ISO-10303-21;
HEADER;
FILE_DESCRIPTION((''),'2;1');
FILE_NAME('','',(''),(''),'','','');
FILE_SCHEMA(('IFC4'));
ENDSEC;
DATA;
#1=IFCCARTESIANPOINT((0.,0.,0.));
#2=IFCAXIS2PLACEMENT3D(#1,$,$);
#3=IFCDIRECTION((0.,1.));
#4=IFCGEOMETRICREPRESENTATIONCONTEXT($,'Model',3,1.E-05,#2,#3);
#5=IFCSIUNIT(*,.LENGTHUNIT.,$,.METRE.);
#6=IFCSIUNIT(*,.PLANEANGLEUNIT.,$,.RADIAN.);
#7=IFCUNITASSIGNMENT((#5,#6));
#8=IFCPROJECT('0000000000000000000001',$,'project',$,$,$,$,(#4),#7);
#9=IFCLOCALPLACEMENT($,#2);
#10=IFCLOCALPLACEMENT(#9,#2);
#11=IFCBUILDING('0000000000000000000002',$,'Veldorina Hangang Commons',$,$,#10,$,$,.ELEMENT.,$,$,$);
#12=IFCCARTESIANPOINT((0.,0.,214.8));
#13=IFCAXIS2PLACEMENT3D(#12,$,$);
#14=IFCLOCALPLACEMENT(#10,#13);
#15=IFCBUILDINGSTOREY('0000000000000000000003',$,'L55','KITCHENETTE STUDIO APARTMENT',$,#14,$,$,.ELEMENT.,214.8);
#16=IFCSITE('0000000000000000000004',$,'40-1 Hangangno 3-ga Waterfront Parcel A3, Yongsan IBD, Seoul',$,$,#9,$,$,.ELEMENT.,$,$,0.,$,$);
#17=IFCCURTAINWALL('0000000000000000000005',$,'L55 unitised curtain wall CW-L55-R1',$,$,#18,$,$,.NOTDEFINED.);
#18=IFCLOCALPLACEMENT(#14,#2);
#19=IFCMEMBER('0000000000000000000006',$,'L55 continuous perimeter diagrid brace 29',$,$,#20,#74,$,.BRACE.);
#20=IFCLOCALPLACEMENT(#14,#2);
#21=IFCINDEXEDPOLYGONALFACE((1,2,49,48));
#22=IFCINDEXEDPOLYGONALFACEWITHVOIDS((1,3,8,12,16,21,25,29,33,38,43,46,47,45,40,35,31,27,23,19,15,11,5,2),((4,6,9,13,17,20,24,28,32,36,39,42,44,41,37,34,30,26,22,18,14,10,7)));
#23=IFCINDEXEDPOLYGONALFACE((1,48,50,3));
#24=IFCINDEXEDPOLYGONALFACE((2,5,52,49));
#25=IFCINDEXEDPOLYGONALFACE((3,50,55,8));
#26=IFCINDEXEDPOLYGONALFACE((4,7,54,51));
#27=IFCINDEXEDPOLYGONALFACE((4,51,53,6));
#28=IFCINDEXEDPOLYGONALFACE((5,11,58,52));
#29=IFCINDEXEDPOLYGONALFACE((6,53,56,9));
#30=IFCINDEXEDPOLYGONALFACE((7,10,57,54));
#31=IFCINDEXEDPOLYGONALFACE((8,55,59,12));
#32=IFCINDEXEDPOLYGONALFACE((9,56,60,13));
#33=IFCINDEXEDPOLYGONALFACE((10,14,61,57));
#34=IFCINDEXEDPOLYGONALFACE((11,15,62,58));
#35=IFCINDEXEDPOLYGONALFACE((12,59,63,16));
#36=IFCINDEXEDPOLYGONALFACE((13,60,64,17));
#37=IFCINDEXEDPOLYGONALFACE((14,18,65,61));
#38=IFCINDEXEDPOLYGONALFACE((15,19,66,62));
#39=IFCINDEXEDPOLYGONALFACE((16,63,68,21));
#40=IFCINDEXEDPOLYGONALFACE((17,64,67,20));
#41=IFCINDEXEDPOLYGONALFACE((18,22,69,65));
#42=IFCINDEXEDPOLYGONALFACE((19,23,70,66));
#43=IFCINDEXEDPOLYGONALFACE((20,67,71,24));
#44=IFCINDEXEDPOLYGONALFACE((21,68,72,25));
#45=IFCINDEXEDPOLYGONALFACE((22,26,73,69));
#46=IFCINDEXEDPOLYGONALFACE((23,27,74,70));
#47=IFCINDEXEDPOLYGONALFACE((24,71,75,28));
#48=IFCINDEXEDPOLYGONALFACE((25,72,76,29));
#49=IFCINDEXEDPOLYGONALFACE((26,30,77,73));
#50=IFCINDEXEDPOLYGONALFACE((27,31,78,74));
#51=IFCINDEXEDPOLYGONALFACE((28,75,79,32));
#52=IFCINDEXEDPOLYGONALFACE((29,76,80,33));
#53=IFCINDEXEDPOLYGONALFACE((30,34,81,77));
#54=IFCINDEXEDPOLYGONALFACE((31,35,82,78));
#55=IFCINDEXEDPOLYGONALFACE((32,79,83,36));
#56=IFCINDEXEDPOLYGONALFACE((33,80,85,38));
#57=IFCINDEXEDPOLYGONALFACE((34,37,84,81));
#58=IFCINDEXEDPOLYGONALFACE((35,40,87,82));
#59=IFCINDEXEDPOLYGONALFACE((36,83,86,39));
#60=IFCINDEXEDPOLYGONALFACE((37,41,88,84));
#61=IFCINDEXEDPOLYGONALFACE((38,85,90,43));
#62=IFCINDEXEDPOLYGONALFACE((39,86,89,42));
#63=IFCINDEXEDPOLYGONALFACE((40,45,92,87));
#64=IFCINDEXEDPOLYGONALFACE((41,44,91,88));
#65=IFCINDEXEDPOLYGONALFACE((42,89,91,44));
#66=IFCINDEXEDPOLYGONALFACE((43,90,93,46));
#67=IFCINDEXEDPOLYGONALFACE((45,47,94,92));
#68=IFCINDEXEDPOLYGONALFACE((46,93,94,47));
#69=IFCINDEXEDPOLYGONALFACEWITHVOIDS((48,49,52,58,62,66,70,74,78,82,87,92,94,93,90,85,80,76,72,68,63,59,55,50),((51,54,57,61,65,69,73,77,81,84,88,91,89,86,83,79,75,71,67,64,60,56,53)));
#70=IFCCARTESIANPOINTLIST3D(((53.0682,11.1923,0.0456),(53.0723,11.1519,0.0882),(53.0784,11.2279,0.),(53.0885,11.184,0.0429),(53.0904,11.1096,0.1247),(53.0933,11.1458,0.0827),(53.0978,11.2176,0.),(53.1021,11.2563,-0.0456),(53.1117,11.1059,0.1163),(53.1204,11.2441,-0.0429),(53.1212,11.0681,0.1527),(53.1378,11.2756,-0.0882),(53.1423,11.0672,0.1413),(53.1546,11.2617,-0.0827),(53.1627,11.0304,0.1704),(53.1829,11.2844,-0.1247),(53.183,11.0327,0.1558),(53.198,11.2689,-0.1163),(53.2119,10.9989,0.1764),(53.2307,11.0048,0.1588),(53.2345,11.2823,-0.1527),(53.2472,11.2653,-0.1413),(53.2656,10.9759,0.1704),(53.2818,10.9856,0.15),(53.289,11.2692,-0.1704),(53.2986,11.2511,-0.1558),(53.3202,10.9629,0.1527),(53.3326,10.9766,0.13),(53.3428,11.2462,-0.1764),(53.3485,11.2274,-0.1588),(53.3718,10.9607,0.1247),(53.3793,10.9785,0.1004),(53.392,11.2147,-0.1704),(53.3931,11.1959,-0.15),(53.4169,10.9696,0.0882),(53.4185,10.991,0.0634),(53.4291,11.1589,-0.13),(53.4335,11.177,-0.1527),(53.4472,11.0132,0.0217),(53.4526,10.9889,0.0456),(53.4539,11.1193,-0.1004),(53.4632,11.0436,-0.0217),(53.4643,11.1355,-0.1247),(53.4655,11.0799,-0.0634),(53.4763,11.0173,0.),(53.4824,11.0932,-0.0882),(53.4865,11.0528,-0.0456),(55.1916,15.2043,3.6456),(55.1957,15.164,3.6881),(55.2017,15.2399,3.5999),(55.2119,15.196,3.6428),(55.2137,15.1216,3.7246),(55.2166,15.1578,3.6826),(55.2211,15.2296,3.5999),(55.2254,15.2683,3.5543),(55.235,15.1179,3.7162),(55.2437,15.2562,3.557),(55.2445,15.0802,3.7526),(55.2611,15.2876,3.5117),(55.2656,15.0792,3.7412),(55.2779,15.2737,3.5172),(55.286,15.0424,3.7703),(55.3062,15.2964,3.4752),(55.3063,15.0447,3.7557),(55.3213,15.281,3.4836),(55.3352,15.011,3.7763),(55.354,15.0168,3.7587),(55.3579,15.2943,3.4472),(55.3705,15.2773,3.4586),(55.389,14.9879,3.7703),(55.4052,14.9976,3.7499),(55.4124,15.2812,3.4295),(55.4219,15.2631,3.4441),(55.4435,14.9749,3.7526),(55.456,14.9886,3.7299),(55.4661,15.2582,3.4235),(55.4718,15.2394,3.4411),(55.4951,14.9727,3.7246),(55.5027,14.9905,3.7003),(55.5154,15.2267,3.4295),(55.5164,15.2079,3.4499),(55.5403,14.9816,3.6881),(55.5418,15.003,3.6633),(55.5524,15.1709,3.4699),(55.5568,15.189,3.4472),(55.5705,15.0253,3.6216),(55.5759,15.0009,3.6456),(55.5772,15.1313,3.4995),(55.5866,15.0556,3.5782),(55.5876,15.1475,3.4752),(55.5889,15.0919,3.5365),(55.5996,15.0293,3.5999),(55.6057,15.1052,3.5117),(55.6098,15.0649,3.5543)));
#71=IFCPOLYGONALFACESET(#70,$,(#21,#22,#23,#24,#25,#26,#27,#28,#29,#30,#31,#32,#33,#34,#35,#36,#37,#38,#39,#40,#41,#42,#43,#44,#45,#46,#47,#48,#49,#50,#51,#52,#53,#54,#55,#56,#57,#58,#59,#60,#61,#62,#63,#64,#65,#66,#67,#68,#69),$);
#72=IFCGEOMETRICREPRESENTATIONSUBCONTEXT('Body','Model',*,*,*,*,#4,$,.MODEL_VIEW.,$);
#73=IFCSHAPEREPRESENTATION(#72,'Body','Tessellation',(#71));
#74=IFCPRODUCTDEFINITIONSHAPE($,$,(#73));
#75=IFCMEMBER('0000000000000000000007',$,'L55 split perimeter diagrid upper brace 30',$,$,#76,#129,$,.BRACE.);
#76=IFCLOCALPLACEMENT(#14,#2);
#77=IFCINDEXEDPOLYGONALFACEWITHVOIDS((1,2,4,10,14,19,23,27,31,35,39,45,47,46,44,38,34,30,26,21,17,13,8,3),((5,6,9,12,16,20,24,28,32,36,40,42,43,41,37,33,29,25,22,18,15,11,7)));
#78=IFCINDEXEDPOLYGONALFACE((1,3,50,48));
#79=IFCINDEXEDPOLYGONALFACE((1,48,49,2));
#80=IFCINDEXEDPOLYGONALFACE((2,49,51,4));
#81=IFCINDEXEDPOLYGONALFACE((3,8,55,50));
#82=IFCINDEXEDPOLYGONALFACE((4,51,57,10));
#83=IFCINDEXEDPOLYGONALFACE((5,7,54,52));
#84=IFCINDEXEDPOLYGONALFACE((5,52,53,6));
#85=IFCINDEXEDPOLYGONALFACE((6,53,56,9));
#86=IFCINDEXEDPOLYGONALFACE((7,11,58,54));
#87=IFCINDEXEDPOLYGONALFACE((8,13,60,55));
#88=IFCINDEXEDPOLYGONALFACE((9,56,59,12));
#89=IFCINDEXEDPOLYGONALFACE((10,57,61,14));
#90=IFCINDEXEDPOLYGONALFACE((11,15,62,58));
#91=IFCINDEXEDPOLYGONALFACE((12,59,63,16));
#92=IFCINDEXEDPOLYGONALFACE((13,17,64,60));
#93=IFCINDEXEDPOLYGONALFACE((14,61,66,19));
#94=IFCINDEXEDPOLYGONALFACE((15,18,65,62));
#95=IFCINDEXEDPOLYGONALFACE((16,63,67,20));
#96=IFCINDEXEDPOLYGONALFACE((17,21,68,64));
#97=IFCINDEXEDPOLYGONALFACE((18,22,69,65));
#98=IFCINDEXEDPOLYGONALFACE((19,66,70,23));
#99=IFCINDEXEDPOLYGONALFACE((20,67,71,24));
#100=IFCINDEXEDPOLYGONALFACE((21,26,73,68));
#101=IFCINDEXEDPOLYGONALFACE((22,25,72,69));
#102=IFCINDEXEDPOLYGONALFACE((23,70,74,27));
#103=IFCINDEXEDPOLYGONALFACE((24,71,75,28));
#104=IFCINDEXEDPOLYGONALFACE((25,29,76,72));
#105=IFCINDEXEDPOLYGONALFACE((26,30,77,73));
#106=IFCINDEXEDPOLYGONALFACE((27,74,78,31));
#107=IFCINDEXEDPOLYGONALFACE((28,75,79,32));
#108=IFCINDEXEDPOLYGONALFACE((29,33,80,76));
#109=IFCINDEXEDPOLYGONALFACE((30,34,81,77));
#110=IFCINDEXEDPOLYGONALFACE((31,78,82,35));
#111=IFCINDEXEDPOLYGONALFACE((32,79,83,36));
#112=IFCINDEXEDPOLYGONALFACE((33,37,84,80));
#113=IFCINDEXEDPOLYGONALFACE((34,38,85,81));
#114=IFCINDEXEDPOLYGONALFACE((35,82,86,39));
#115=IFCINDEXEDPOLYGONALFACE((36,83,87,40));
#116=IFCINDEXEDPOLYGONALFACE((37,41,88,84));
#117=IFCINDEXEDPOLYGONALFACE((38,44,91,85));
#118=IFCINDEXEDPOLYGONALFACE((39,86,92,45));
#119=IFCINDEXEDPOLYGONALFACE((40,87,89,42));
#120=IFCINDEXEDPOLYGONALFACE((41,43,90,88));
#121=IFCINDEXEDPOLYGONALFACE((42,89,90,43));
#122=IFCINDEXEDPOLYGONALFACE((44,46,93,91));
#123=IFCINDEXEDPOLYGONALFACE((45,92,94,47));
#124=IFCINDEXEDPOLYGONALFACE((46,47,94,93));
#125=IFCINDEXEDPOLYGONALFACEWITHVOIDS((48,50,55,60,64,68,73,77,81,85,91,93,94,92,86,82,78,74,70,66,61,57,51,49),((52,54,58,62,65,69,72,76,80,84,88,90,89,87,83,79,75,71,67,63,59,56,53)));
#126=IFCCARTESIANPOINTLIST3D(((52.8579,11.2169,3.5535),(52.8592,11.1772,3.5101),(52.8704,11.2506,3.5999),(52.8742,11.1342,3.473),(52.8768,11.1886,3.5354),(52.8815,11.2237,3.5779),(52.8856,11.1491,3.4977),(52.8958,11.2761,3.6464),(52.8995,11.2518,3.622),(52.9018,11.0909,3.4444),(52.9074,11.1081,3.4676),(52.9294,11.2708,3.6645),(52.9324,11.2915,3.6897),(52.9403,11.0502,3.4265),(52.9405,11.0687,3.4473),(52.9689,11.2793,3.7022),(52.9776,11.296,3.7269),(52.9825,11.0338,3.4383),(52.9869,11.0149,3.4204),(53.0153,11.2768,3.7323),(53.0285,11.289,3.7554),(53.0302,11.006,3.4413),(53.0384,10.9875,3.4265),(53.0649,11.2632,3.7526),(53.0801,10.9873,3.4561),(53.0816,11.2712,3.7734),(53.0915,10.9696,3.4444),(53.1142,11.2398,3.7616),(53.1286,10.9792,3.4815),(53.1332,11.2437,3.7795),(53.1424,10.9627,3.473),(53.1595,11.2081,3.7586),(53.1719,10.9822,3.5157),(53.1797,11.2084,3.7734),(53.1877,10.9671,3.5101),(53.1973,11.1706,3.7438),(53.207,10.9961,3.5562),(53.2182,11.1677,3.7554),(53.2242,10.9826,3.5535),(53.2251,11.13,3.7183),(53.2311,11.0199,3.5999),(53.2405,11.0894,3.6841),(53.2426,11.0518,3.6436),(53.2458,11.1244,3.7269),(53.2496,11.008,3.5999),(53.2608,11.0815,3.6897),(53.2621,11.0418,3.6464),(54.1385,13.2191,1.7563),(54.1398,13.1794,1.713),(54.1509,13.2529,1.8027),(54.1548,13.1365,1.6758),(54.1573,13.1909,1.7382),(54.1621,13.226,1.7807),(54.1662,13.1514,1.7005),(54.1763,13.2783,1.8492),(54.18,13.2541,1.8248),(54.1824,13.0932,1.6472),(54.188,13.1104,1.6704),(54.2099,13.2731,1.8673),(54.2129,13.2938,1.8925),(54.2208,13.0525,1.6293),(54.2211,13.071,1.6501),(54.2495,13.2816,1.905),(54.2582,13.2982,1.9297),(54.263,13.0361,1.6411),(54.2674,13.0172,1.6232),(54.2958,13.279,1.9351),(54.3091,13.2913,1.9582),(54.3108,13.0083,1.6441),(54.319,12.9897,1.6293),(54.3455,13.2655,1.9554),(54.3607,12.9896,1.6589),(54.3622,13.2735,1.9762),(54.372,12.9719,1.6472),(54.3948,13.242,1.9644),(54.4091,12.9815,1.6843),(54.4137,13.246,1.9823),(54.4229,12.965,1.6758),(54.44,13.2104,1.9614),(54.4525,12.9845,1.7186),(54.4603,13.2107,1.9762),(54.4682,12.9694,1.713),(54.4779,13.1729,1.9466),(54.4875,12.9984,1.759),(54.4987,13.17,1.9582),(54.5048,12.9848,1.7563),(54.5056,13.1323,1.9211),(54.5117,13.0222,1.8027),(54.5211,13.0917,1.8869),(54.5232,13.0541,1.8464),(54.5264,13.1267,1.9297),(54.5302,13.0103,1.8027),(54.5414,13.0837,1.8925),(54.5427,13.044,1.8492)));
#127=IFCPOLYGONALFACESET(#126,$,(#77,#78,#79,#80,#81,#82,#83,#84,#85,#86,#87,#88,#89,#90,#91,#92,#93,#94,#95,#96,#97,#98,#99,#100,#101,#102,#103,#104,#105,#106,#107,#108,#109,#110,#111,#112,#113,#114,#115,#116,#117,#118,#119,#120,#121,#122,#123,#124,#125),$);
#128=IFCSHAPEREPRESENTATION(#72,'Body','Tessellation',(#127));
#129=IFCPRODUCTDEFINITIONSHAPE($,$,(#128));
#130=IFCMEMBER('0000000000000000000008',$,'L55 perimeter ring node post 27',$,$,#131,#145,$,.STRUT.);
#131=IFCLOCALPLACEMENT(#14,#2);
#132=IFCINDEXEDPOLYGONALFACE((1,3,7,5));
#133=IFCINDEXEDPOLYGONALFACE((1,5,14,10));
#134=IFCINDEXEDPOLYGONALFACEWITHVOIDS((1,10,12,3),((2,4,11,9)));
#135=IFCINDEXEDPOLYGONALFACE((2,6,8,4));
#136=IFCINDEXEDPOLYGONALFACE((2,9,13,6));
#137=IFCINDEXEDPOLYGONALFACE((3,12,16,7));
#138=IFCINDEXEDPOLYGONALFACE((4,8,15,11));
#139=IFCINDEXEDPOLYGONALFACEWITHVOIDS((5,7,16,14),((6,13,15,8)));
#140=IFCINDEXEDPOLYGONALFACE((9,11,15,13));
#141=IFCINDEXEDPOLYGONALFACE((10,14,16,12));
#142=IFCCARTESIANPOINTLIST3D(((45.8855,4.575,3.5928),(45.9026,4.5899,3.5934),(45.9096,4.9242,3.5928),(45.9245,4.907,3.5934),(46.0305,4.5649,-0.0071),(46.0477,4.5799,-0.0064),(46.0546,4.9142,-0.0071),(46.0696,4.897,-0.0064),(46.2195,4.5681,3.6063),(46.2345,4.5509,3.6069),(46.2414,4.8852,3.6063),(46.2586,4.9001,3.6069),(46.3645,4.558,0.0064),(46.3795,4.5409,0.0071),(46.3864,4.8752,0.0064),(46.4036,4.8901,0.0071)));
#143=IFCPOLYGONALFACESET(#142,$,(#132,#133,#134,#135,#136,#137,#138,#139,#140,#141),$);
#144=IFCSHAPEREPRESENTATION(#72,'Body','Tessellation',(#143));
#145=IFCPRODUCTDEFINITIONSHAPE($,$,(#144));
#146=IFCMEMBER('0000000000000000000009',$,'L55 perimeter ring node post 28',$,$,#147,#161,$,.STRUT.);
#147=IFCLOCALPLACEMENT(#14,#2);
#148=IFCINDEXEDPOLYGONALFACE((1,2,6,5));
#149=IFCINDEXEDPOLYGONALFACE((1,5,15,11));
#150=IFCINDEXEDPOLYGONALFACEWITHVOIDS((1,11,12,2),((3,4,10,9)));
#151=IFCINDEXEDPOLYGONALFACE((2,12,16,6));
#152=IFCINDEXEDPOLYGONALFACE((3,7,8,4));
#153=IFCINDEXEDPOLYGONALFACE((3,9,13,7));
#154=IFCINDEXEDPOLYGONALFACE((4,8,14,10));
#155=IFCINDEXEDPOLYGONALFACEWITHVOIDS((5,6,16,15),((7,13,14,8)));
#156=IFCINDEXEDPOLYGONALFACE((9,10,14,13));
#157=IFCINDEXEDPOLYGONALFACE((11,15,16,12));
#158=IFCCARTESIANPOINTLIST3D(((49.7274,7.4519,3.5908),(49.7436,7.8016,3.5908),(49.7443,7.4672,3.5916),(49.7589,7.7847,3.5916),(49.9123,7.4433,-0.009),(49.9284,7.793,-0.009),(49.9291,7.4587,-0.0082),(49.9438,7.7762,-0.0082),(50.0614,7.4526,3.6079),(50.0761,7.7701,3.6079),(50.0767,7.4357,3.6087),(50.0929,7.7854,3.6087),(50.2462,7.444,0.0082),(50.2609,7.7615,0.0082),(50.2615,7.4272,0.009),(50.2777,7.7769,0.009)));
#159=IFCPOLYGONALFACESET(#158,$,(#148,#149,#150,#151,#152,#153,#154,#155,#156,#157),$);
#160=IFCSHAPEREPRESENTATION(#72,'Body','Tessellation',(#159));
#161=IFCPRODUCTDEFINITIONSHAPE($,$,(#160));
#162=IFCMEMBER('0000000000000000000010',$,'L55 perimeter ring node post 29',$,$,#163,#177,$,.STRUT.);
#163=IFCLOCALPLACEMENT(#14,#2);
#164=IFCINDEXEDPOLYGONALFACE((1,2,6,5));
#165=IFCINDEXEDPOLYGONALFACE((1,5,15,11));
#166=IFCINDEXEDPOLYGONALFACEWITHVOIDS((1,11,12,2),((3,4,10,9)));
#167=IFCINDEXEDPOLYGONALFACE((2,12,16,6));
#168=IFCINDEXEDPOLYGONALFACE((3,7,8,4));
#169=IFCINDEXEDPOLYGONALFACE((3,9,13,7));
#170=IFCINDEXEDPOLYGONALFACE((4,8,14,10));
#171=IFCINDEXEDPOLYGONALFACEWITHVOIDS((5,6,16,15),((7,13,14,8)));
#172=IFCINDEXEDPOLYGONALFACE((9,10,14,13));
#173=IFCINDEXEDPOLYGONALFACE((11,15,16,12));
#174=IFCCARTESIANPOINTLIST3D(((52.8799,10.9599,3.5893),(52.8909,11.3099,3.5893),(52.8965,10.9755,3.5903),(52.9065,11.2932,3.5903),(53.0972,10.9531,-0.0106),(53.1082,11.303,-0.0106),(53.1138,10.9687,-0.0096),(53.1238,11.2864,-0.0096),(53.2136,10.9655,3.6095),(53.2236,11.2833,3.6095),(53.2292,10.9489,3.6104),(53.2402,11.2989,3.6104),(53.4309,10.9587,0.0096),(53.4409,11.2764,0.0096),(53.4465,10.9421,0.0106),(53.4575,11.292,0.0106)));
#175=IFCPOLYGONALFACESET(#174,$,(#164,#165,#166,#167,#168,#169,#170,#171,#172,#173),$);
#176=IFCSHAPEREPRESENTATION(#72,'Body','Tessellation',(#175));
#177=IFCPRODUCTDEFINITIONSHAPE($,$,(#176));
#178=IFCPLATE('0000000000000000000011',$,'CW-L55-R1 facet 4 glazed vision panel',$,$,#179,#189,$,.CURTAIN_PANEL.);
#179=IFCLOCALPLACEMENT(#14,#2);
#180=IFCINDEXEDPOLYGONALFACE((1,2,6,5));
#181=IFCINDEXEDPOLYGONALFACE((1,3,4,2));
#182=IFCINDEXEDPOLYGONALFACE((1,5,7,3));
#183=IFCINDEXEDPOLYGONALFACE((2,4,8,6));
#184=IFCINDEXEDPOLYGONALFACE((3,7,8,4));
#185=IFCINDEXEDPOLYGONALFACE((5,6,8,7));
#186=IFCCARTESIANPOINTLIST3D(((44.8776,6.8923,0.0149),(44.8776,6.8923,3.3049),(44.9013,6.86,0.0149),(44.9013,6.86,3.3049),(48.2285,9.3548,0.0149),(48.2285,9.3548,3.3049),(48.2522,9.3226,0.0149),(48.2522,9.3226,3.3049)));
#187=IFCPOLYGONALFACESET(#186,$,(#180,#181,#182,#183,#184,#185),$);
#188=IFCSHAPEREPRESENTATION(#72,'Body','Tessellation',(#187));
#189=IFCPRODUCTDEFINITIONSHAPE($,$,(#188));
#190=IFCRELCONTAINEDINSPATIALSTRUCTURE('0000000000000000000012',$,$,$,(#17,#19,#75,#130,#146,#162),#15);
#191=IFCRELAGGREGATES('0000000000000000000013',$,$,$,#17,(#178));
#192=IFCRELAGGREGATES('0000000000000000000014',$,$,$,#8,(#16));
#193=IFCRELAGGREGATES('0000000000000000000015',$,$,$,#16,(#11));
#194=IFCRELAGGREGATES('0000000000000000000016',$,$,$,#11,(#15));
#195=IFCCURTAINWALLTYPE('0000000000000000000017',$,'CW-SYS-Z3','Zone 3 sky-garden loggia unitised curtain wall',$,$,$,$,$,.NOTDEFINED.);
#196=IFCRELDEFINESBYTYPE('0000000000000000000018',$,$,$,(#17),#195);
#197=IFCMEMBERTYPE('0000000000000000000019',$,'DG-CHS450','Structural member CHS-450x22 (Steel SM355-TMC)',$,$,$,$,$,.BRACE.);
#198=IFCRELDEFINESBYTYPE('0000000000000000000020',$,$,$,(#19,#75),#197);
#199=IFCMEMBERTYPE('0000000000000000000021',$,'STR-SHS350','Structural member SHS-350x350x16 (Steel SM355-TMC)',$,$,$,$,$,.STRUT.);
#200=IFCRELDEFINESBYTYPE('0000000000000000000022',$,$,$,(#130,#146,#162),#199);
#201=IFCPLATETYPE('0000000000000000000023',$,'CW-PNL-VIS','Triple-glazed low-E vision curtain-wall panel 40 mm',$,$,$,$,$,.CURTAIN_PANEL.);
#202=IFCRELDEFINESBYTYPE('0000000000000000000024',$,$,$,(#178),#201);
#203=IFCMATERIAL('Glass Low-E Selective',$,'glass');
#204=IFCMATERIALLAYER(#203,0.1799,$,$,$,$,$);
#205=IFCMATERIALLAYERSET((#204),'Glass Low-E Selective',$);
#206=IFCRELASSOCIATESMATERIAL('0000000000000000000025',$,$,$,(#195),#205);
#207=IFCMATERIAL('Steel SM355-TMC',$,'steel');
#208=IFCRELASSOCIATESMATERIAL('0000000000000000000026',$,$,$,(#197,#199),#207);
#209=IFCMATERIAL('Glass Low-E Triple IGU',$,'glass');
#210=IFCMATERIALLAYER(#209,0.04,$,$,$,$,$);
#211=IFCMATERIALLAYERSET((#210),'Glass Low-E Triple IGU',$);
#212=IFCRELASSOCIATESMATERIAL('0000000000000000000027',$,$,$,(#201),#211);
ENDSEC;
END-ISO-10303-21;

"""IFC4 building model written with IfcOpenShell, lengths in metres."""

from ifc_helpers import new_model, si_unit, direction, frame, origin, origin_2d, place, context, subcontext, project, spatial, rectangle, hollow_rectangle, hollow_circle, extrude, material, layer, layer_set, material_profile, profile_set, type_object, element, aggregate, save


model = new_model("IFC4")

# Units and contexts
model_context = context("Model", 3, precision=1e-05, world=origin(), true_north=direction((0.0, 1.0)))
body_context = subcontext(model_context, "Body", "Model", "MODEL_VIEW")
ifc_project = project(units=[si_unit("LENGTHUNIT", "METRE"), si_unit("PLANEANGLEUNIT", "RADIAN")], contexts=[model_context])

# Site, building, storey
site_placement = place(None, origin())
site = spatial("IfcSite", under=ifc_project, at=site_placement, Name="40-1 Hangangno 3-ga Waterfront Parcel A3, Yongsan IBD, Seoul", CompositionType="ELEMENT", RefElevation=0.0)
building_placement = place(site_placement, origin())
building = spatial("IfcBuilding", under=site, at=building_placement, Name="Veldorina Hangang Commons", CompositionType="ELEMENT")
storey_placement = place(building_placement, frame((0.0, 0.0, 214.8)))
storey = spatial("IfcBuildingStorey", under=building, at=storey_placement, Name="L55", Description="KITCHENETTE STUDIO APARTMENT", CompositionType="ELEMENT", Elevation=214.8)

# Shared definitions
ifc_material_1 = material(Name="Steel SM355-TMC", Category="steel")

# Curtain wall
ifc_material_2 = material(Name="Glass Low-E Selective", Category="glass")
ifc_layer_1 = layer(ifc_material_2, 0.1799)
ifc_layer_set_1 = layer_set([ifc_layer_1], Name="Glass Low-E Selective")
curtain_wall_type = type_object("IfcCurtainWallType", Name="CW-SYS-Z3", Description="Zone 3 sky-garden loggia unitised curtain wall", PredefinedType="NOTDEFINED", material=ifc_layer_set_1)
curtain_wall_1_placement = place(storey_placement, origin())
curtain_wall_1 = element("IfcCurtainWall", 1, at=curtain_wall_1_placement, inside=storey, type_object=curtain_wall_type, Name="L55 unitised curtain wall CW-L55-R1", PredefinedType="NOTDEFINED")

# Members
ifc_material_profile_1 = material_profile(ifc_material_1, hollow_circle(Radius=0.2251, WallThickness=0.022, at=origin_2d()), Name="CHS-450x22")
ifc_profile_set_1 = profile_set([ifc_material_profile_1], Name="Steel SM355-TMC")
member_type_1 = type_object("IfcMemberType", Name="DG-CHS450", Description="Structural member CHS-450x22 (Steel SM355-TMC)", PredefinedType="BRACE", material=ifc_profile_set_1)
member_1_placement = place(storey_placement, frame((53.2773, 11.1226, 0.0), z_axis=(0.366503, 0.692509, 0.621375), x_axis=(-0.883851, 0.467769, 0.0)))
element("IfcMember", 2, at=member_1_placement, inside=storey, type_object=member_type_1, Name="L55 continuous perimeter diagrid brace 29", PredefinedType="BRACE", context=body_context, shape_type="SweptSolid", body=[
    extrude(hollow_circle(Radius=0.2251, WallThickness=0.022, at=origin_2d()), origin(), (0.0, 0.0, 1.0), 5.7935),
])
member_2_placement = place(storey_placement, frame((54.3406, 13.1316, 1.8027), z_axis=(-0.429758, -0.671963, 0.603136), x_axis=(0.842441, -0.538788, 0.0)))
element("IfcMember", 3, at=member_2_placement, inside=storey, type_object=member_type_1, Name="L55 split perimeter diagrid upper brace 30", PredefinedType="BRACE", context=body_context, shape_type="SweptSolid", body=[
    extrude(hollow_circle(Radius=0.2251, WallThickness=0.022, at=origin_2d()), origin(), (0.0, 0.0, 1.0), 2.9797),
])
ifc_material_profile_2 = material_profile(ifc_material_1, hollow_rectangle(XDim=0.3501, YDim=0.3501, WallThickness=0.0161, at=origin_2d()), Name="SHS-350x350x16")
ifc_profile_set_2 = profile_set([ifc_material_profile_2], Name="Steel SM355-TMC")
member_type_2 = type_object("IfcMemberType", Name="STR-SHS350", Description="Structural member SHS-350x350x16 (Steel SM355-TMC)", PredefinedType="STRUT", material=ifc_profile_set_2)
member_3_placement = place(storey_placement, frame((46.217, 4.7275, 0.0), z_axis=(-0.040252, 0.002778, 0.999186), x_axis=(-0.06886, -0.997626, 0.0)))
element("IfcMember", 4, at=member_3_placement, inside=storey, type_object=member_type_2, Name="L55 perimeter ring node post 27", PredefinedType="STRUT", context=body_context, shape_type="SweptSolid", body=[
    extrude(hollow_rectangle(XDim=0.3501, YDim=0.3501, WallThickness=0.0161, at=origin_2d()), origin(), (0.0, 0.0, 1.0), 3.6028),
])
member_4_placement = place(storey_placement, frame((50.095, 7.6101, 0.0), z_axis=(-0.051272, 0.002371, 0.998682), x_axis=(-0.046186, -0.998933, 0.0)))
element("IfcMember", 5, at=member_4_placement, inside=storey, type_object=member_type_2, Name="L55 perimeter ring node post 28", PredefinedType="STRUT", context=body_context, shape_type="SweptSolid", body=[
    extrude(hollow_rectangle(XDim=0.3501, YDim=0.3501, WallThickness=0.0161, at=origin_2d()), origin(), (0.0, 0.0, 1.0), 3.6045),
])
member_5_placement = place(storey_placement, frame((53.2773, 11.1226, 0.0), z_axis=(-0.06025, 0.001895, 0.998182), x_axis=(-0.031445, -0.999505, 0.0)))
element("IfcMember", 6, at=member_5_placement, inside=storey, type_object=member_type_2, Name="L55 perimeter ring node post 29", PredefinedType="STRUT", context=body_context, shape_type="SweptSolid", body=[
    extrude(hollow_rectangle(XDim=0.3501, YDim=0.3501, WallThickness=0.0161, at=origin_2d()), origin(), (0.0, 0.0, 1.0), 3.6064),
])

# Plate
ifc_material_3 = material(Name="Glass Low-E Triple IGU", Category="glass")
ifc_layer_2 = layer(ifc_material_3, 0.04)
ifc_layer_set_2 = layer_set([ifc_layer_2], Name="Glass Low-E Triple IGU")
plate_type_1 = type_object("IfcPlateType", Name="CW-PNL-VIS", Description="Triple-glazed low-E vision curtain-wall panel 40 mm", PredefinedType="CURTAIN_PANEL", material=ifc_layer_set_2)
plate_1_placement = place(storey_placement, frame((46.5649, 8.1074, 0.0149), z_axis=(0.0, 0.0, 1.0), x_axis=(0.805804, 0.592182, 0.0)))
plate_1 = element("IfcPlate", 7, at=plate_1_placement, type_object=plate_type_1, Name="CW-L55-R1 facet 4 glazed vision panel", PredefinedType="CURTAIN_PANEL", context=body_context, shape_type="SweptSolid", body=[
    extrude(rectangle(XDim=4.1584, YDim=0.04, at=origin_2d()), origin(), (0.0, 0.0, 1.0), 3.29),
])
aggregate(curtain_wall_1, [plate_1])

save(model, "model.ifc")
